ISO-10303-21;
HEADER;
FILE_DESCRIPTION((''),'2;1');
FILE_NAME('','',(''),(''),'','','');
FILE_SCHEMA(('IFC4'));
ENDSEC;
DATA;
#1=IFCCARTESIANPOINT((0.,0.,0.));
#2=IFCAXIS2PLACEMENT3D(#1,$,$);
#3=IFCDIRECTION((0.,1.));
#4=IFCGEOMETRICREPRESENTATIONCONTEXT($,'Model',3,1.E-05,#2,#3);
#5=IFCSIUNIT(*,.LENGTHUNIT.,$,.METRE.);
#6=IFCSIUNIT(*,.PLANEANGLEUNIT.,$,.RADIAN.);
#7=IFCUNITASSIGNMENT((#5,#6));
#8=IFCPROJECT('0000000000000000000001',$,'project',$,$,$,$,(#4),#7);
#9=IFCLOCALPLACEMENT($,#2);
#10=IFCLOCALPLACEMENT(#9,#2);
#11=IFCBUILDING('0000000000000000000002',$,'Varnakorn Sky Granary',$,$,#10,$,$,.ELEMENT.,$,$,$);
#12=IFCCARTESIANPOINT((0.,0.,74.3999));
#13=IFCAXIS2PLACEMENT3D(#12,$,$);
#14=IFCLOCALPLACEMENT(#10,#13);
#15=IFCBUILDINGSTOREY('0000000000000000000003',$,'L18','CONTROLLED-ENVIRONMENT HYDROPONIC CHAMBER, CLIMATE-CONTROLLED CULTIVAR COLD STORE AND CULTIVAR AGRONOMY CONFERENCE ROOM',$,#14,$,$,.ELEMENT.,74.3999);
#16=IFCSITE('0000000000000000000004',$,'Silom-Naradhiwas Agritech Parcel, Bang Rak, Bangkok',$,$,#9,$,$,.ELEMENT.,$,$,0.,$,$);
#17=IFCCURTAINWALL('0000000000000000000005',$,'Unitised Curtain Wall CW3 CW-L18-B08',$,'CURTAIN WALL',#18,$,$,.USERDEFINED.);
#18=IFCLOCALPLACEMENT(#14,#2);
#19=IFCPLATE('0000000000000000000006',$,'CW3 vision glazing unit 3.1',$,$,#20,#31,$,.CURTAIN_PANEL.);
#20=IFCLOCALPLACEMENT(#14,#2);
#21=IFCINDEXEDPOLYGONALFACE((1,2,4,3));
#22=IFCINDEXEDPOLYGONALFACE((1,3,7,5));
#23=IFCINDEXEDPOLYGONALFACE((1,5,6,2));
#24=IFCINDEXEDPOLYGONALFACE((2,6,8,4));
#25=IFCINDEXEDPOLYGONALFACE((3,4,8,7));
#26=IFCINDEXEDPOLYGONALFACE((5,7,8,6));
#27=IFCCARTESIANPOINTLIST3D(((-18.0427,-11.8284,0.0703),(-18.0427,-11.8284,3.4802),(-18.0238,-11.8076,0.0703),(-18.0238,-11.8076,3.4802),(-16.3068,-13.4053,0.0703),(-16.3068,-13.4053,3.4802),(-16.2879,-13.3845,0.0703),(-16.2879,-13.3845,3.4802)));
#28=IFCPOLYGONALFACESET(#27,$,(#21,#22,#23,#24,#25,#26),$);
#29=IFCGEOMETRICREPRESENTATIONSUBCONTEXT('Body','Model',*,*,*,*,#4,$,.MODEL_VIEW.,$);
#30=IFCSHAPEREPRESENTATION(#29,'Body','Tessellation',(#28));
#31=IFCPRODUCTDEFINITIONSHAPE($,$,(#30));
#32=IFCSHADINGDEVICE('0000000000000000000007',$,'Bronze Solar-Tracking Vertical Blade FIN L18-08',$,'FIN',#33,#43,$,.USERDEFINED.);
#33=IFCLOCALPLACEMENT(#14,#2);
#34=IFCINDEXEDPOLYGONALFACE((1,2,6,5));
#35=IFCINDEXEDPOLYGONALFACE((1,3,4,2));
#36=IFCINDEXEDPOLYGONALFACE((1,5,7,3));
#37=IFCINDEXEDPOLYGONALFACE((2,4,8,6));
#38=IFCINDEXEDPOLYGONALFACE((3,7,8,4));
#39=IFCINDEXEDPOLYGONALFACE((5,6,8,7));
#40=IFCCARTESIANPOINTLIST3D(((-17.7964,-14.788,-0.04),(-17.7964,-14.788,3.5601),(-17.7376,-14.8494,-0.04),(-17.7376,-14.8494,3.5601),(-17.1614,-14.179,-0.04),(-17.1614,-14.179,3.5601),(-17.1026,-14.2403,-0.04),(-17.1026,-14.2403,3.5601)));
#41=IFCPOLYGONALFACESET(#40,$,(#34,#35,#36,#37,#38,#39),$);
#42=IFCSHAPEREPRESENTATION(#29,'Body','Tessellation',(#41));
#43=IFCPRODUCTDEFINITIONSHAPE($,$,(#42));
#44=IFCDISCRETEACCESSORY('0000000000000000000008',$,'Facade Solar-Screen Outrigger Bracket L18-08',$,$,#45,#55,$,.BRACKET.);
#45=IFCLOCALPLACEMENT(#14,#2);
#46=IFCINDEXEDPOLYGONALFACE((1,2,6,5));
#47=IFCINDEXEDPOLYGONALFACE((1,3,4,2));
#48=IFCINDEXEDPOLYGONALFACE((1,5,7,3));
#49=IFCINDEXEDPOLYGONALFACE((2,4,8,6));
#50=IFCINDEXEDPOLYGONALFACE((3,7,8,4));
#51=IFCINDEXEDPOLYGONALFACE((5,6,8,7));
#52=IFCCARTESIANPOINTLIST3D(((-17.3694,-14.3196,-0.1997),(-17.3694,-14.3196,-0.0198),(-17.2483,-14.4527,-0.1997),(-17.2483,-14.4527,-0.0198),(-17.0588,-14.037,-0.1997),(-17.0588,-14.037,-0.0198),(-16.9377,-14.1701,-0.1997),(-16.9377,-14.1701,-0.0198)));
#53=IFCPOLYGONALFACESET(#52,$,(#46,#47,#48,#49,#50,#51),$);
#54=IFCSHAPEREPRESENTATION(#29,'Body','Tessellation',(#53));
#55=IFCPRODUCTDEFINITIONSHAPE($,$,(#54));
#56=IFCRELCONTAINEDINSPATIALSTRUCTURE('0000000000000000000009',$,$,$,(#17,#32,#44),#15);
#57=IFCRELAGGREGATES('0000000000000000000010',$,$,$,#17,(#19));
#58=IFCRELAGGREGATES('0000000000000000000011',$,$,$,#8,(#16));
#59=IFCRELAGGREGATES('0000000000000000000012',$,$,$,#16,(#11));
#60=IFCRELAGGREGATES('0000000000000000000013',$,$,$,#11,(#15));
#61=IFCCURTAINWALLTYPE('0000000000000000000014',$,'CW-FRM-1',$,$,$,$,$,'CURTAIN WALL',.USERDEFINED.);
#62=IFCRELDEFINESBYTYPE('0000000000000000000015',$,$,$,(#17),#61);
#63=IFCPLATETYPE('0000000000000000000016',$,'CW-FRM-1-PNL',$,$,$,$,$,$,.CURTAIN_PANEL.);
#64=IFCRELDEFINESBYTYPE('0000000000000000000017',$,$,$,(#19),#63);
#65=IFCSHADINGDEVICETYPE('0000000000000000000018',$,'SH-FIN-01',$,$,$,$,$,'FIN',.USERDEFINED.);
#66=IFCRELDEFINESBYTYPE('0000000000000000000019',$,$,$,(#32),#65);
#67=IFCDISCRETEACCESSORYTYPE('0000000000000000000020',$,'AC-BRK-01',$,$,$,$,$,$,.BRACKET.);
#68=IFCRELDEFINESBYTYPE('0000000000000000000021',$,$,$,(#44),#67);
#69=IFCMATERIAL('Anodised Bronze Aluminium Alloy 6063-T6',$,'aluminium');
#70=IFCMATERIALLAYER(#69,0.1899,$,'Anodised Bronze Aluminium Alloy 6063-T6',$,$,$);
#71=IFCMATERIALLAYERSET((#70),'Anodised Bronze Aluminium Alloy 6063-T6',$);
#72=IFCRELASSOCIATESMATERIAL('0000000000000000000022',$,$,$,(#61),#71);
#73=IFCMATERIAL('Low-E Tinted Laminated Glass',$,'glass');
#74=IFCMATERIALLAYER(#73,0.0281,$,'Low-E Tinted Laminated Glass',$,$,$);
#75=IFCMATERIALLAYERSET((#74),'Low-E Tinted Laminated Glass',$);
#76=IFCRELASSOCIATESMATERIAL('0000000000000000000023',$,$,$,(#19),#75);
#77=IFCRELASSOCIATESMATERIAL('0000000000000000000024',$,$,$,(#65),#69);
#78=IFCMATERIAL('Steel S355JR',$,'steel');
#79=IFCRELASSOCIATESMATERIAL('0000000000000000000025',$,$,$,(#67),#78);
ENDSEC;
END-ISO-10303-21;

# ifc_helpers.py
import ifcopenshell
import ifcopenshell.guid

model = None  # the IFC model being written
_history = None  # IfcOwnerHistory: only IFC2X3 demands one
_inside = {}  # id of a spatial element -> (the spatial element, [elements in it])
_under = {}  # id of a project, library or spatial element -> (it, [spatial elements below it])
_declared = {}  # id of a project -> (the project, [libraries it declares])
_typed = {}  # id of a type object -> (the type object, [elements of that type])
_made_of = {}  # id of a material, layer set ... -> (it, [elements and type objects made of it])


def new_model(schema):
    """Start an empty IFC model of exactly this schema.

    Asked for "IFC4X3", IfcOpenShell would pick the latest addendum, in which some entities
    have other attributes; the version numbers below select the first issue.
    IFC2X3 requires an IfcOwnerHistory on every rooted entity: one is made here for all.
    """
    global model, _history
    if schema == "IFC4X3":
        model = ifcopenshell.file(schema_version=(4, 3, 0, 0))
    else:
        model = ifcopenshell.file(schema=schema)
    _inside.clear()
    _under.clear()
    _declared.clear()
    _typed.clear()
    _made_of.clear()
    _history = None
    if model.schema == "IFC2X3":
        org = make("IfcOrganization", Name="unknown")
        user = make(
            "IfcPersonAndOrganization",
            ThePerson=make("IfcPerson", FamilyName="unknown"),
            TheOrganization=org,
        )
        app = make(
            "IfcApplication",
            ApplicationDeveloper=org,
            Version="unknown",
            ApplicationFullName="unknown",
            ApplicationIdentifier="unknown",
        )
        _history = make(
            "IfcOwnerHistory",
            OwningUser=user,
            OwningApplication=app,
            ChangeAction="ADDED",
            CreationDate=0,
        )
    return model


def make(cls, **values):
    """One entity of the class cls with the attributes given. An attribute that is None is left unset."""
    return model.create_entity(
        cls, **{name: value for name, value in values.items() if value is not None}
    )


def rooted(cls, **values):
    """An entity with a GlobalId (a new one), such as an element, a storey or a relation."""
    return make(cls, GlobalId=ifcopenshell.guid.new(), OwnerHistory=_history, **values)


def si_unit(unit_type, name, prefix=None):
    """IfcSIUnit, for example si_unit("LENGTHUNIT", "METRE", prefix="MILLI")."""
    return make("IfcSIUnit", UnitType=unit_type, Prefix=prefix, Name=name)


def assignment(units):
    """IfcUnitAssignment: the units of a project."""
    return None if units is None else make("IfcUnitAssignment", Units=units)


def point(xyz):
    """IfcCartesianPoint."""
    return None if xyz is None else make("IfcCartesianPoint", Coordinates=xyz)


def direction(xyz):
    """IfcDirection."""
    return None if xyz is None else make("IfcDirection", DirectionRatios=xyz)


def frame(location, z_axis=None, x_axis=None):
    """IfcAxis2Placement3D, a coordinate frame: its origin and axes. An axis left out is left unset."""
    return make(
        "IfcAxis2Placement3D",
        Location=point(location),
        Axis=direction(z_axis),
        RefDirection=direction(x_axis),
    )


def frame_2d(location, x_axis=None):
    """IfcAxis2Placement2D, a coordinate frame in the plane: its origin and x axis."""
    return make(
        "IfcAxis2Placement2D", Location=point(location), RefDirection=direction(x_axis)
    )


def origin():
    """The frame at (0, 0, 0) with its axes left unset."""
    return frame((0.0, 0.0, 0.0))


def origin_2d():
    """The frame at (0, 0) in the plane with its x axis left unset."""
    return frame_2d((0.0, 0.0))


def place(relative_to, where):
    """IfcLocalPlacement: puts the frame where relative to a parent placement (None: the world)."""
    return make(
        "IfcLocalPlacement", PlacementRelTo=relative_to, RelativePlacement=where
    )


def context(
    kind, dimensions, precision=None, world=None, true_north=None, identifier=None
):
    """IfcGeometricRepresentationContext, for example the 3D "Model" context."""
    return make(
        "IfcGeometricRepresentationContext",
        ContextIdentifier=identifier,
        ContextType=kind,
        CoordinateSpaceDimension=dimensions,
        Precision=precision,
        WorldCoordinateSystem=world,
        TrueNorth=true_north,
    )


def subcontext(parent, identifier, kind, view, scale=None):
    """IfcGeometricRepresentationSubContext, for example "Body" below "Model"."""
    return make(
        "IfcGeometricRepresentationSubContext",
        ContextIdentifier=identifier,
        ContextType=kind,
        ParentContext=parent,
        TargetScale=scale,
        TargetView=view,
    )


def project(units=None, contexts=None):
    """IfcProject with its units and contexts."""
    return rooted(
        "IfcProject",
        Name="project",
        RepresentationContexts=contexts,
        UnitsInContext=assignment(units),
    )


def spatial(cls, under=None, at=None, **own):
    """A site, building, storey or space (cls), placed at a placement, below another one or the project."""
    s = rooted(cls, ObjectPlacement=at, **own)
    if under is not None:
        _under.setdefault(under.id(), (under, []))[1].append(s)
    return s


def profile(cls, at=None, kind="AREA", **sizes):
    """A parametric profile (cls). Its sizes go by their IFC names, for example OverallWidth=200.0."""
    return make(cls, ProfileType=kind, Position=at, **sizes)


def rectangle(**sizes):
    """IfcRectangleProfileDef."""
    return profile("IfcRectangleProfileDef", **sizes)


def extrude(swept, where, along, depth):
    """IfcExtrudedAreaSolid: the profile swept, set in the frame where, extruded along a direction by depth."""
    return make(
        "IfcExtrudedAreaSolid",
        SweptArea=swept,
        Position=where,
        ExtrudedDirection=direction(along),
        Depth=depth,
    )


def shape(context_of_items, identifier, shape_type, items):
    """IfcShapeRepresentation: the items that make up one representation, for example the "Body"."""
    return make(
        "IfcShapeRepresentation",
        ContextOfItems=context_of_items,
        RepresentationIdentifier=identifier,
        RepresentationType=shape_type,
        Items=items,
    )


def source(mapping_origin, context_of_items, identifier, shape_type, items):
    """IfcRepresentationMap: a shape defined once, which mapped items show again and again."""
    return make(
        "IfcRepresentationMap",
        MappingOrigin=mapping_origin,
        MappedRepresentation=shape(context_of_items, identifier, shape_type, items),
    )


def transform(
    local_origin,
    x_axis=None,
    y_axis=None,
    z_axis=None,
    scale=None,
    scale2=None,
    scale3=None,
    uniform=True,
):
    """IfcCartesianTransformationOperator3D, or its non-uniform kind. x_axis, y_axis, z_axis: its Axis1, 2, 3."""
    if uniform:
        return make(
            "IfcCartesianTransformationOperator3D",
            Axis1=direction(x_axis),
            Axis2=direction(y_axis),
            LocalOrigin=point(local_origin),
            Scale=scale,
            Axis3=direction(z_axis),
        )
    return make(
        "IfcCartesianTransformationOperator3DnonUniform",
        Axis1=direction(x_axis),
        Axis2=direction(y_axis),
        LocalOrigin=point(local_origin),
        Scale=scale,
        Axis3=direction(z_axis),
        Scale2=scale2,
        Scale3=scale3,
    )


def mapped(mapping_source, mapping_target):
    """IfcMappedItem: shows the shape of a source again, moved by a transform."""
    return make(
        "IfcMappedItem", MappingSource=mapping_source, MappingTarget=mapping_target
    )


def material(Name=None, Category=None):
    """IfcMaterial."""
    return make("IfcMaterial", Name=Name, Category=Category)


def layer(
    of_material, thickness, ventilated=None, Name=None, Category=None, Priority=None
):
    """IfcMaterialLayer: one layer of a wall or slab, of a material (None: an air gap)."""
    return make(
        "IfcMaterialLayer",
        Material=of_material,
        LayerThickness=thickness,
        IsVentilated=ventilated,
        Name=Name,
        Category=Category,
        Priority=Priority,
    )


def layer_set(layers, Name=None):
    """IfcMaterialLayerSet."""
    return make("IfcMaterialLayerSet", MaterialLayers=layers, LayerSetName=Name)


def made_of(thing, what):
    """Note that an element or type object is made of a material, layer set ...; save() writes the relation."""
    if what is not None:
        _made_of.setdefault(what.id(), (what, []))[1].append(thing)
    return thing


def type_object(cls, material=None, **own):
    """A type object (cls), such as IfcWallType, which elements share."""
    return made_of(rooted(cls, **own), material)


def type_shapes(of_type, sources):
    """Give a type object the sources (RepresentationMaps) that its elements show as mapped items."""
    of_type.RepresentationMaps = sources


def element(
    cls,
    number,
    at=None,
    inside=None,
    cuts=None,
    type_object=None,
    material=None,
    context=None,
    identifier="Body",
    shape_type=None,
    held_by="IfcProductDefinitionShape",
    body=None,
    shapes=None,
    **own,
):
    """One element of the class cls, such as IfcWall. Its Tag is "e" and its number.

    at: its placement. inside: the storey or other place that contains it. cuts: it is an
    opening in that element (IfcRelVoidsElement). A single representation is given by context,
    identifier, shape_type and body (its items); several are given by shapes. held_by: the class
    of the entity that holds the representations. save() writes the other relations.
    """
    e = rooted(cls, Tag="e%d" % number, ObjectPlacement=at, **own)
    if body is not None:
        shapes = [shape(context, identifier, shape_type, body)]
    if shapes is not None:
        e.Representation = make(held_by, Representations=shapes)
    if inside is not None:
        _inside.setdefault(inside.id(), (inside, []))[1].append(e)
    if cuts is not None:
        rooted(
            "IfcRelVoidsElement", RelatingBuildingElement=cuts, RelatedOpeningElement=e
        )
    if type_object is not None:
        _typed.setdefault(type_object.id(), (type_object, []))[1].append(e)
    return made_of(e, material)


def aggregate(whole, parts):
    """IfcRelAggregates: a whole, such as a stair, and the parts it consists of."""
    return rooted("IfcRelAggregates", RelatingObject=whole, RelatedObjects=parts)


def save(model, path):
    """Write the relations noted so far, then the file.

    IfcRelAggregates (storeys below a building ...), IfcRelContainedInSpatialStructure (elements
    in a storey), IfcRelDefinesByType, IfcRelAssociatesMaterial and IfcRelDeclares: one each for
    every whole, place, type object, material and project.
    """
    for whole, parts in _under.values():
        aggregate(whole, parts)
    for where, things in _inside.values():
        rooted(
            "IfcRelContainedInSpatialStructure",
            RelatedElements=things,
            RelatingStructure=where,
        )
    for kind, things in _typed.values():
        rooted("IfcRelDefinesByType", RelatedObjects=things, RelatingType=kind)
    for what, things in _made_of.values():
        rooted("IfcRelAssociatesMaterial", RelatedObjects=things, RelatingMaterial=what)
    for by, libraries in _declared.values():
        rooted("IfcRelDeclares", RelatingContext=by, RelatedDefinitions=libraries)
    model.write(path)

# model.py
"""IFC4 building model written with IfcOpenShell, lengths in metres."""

from ifc_helpers import new_model, si_unit, direction, frame, origin, origin_2d, place, context, subcontext, project, spatial, rectangle, extrude, source, transform, mapped, material, layer, layer_set, type_object, type_shapes, element, aggregate, save


model = new_model("IFC4")

# Units and contexts
model_context = context("Model", 3, precision=1e-05, world=origin(), true_north=direction((0.0, 1.0)))
body_context = subcontext(model_context, "Body", "Model", "MODEL_VIEW")
ifc_project = project(units=[si_unit("LENGTHUNIT", "METRE"), si_unit("PLANEANGLEUNIT", "RADIAN")], contexts=[model_context])

# Site, building, storey
site_placement = place(None, origin())
site = spatial("IfcSite", under=ifc_project, at=site_placement, Name="Silom-Naradhiwas Agritech Parcel, Bang Rak, Bangkok", CompositionType="ELEMENT", RefElevation=0.0)
building_placement = place(site_placement, origin())
building = spatial("IfcBuilding", under=site, at=building_placement, Name="Varnakorn Sky Granary", CompositionType="ELEMENT")
storey_placement = place(building_placement, frame((0.0, 0.0, 74.3999)))
storey = spatial("IfcBuildingStorey", under=building, at=storey_placement, Name="L18", Description="CONTROLLED-ENVIRONMENT HYDROPONIC CHAMBER, CLIMATE-CONTROLLED CULTIVAR COLD STORE AND CULTIVAR AGRONOMY CONFERENCE ROOM", CompositionType="ELEMENT", Elevation=74.3999)

# Shared definitions
ifc_material_1 = material(Name="Steel S355JR", Category="steel")

# Shared definitions
ifc_material_2 = material(Name="Anodised Bronze Aluminium Alloy 6063-T6", Category="aluminium")
ifc_layer_1 = layer(ifc_material_2, 0.1899, Name="Anodised Bronze Aluminium Alloy 6063-T6")
ifc_layer_set_1 = layer_set([ifc_layer_1], Name="Anodised Bronze Aluminium Alloy 6063-T6")
curtain_wall_type = type_object("IfcCurtainWallType", Name="CW-FRM-1", ElementType="CURTAIN WALL", PredefinedType="USERDEFINED", material=ifc_layer_set_1)

# Curtain wall
curtain_wall_1_placement = place(storey_placement, origin())
curtain_wall_1 = element("IfcCurtainWall", 1, at=curtain_wall_1_placement, inside=storey, type_object=curtain_wall_type, Name="Unitised Curtain Wall CW3 CW-L18-B08", ObjectType="CURTAIN WALL", PredefinedType="USERDEFINED")

# Plate
ifc_material_3 = material(Name="Low-E Tinted Laminated Glass", Category="glass")
ifc_layer_2 = layer(ifc_material_3, 0.0281, Name="Low-E Tinted Laminated Glass")
ifc_layer_set_2 = layer_set([ifc_layer_2], Name="Low-E Tinted Laminated Glass")
plate_type = type_object("IfcPlateType", Name="CW-FRM-1-PNL", PredefinedType="CURTAIN_PANEL")
shared_shape_1 = source(origin(), body_context, "Body", "SweptSolid", [
    extrude(rectangle(XDim=2.3452, YDim=0.0281, at=origin_2d()), origin(), (0.0, 0.0, 1.0), 3.4099),
])
plate_1_placement = place(storey_placement, frame((-17.1653, -12.6064, 0.0703), z_axis=(0.0, 0.0, 1.0), x_axis=(-0.74019, 0.672398, 0.0)))
plate_1 = element("IfcPlate", 2, at=plate_1_placement, type_object=plate_type, material=ifc_layer_set_2, Name="CW3 vision glazing unit 3.1", PredefinedType="CURTAIN_PANEL", context=body_context, shape_type="MappedRepresentation", body=[
    mapped(shared_shape_1, transform((0.0, 0.0, 0.0), x_axis=(1.0, 0.0, 0.0), y_axis=(0.0, 1.0, 0.0), z_axis=(0.0, 0.0, 1.0), scale=1.0)),
])
aggregate(curtain_wall_1, [plate_1])

# Shading device
shading_device_type = type_object("IfcShadingDeviceType", Name="SH-FIN-01", ElementType="FIN", PredefinedType="USERDEFINED", material=ifc_material_2)
shared_shape_2 = source(origin(), body_context, "Body", "SweptSolid", [
    extrude(rectangle(XDim=0.085, YDim=0.8799, at=origin_2d()), origin(), (0.0, 0.0, 1.0), 3.6001),
])
type_shapes(shading_device_type, [shared_shape_2])
shading_device_placement = place(storey_placement, frame((-17.4495, -14.5142, -0.04), z_axis=(0.0, 0.0, 1.0), x_axis=(0.692229, -0.721678, 0.0)))
element("IfcShadingDevice", 3, at=shading_device_placement, inside=storey, type_object=shading_device_type, Name="Bronze Solar-Tracking Vertical Blade FIN L18-08", ObjectType="FIN", PredefinedType="USERDEFINED", context=body_context, shape_type="MappedRepresentation", body=[
    mapped(shared_shape_2, transform((0.0, 0.0, 0.0), x_axis=(1.0, 0.0, 0.0), y_axis=(0.0, 1.0, 0.0), z_axis=(0.0, 0.0, 1.0), scale=1.0)),
])

# Discrete accessory
discrete_accessory_type = type_object("IfcDiscreteAccessoryType", Name="AC-BRK-01", PredefinedType="BRACKET", material=ifc_material_1)
shared_shape_3 = source(origin(), body_context, "Body", "SweptSolid", [
    extrude(rectangle(XDim=0.1799, YDim=0.4199, at=origin_2d()), origin(), (0.0, 0.0, 1.0), 0.1799),
])
type_shapes(discrete_accessory_type, [shared_shape_3])
discrete_accessory_placement = place(storey_placement, frame((-17.1536, -14.2449, -0.1997), z_axis=(0.0, 0.0, 1.0), x_axis=(0.673044, -0.739602, 0.0)))
element("IfcDiscreteAccessory", 4, at=discrete_accessory_placement, inside=storey, type_object=discrete_accessory_type, Name="Facade Solar-Screen Outrigger Bracket L18-08", PredefinedType="BRACKET", context=body_context, shape_type="MappedRepresentation", body=[
    mapped(shared_shape_3, transform((0.0, 0.0, 0.0), x_axis=(1.0, 0.0, 0.0), y_axis=(0.0, 1.0, 0.0), z_axis=(0.0, 0.0, 1.0), scale=1.0)),
])

save(model, "model.ifc")
